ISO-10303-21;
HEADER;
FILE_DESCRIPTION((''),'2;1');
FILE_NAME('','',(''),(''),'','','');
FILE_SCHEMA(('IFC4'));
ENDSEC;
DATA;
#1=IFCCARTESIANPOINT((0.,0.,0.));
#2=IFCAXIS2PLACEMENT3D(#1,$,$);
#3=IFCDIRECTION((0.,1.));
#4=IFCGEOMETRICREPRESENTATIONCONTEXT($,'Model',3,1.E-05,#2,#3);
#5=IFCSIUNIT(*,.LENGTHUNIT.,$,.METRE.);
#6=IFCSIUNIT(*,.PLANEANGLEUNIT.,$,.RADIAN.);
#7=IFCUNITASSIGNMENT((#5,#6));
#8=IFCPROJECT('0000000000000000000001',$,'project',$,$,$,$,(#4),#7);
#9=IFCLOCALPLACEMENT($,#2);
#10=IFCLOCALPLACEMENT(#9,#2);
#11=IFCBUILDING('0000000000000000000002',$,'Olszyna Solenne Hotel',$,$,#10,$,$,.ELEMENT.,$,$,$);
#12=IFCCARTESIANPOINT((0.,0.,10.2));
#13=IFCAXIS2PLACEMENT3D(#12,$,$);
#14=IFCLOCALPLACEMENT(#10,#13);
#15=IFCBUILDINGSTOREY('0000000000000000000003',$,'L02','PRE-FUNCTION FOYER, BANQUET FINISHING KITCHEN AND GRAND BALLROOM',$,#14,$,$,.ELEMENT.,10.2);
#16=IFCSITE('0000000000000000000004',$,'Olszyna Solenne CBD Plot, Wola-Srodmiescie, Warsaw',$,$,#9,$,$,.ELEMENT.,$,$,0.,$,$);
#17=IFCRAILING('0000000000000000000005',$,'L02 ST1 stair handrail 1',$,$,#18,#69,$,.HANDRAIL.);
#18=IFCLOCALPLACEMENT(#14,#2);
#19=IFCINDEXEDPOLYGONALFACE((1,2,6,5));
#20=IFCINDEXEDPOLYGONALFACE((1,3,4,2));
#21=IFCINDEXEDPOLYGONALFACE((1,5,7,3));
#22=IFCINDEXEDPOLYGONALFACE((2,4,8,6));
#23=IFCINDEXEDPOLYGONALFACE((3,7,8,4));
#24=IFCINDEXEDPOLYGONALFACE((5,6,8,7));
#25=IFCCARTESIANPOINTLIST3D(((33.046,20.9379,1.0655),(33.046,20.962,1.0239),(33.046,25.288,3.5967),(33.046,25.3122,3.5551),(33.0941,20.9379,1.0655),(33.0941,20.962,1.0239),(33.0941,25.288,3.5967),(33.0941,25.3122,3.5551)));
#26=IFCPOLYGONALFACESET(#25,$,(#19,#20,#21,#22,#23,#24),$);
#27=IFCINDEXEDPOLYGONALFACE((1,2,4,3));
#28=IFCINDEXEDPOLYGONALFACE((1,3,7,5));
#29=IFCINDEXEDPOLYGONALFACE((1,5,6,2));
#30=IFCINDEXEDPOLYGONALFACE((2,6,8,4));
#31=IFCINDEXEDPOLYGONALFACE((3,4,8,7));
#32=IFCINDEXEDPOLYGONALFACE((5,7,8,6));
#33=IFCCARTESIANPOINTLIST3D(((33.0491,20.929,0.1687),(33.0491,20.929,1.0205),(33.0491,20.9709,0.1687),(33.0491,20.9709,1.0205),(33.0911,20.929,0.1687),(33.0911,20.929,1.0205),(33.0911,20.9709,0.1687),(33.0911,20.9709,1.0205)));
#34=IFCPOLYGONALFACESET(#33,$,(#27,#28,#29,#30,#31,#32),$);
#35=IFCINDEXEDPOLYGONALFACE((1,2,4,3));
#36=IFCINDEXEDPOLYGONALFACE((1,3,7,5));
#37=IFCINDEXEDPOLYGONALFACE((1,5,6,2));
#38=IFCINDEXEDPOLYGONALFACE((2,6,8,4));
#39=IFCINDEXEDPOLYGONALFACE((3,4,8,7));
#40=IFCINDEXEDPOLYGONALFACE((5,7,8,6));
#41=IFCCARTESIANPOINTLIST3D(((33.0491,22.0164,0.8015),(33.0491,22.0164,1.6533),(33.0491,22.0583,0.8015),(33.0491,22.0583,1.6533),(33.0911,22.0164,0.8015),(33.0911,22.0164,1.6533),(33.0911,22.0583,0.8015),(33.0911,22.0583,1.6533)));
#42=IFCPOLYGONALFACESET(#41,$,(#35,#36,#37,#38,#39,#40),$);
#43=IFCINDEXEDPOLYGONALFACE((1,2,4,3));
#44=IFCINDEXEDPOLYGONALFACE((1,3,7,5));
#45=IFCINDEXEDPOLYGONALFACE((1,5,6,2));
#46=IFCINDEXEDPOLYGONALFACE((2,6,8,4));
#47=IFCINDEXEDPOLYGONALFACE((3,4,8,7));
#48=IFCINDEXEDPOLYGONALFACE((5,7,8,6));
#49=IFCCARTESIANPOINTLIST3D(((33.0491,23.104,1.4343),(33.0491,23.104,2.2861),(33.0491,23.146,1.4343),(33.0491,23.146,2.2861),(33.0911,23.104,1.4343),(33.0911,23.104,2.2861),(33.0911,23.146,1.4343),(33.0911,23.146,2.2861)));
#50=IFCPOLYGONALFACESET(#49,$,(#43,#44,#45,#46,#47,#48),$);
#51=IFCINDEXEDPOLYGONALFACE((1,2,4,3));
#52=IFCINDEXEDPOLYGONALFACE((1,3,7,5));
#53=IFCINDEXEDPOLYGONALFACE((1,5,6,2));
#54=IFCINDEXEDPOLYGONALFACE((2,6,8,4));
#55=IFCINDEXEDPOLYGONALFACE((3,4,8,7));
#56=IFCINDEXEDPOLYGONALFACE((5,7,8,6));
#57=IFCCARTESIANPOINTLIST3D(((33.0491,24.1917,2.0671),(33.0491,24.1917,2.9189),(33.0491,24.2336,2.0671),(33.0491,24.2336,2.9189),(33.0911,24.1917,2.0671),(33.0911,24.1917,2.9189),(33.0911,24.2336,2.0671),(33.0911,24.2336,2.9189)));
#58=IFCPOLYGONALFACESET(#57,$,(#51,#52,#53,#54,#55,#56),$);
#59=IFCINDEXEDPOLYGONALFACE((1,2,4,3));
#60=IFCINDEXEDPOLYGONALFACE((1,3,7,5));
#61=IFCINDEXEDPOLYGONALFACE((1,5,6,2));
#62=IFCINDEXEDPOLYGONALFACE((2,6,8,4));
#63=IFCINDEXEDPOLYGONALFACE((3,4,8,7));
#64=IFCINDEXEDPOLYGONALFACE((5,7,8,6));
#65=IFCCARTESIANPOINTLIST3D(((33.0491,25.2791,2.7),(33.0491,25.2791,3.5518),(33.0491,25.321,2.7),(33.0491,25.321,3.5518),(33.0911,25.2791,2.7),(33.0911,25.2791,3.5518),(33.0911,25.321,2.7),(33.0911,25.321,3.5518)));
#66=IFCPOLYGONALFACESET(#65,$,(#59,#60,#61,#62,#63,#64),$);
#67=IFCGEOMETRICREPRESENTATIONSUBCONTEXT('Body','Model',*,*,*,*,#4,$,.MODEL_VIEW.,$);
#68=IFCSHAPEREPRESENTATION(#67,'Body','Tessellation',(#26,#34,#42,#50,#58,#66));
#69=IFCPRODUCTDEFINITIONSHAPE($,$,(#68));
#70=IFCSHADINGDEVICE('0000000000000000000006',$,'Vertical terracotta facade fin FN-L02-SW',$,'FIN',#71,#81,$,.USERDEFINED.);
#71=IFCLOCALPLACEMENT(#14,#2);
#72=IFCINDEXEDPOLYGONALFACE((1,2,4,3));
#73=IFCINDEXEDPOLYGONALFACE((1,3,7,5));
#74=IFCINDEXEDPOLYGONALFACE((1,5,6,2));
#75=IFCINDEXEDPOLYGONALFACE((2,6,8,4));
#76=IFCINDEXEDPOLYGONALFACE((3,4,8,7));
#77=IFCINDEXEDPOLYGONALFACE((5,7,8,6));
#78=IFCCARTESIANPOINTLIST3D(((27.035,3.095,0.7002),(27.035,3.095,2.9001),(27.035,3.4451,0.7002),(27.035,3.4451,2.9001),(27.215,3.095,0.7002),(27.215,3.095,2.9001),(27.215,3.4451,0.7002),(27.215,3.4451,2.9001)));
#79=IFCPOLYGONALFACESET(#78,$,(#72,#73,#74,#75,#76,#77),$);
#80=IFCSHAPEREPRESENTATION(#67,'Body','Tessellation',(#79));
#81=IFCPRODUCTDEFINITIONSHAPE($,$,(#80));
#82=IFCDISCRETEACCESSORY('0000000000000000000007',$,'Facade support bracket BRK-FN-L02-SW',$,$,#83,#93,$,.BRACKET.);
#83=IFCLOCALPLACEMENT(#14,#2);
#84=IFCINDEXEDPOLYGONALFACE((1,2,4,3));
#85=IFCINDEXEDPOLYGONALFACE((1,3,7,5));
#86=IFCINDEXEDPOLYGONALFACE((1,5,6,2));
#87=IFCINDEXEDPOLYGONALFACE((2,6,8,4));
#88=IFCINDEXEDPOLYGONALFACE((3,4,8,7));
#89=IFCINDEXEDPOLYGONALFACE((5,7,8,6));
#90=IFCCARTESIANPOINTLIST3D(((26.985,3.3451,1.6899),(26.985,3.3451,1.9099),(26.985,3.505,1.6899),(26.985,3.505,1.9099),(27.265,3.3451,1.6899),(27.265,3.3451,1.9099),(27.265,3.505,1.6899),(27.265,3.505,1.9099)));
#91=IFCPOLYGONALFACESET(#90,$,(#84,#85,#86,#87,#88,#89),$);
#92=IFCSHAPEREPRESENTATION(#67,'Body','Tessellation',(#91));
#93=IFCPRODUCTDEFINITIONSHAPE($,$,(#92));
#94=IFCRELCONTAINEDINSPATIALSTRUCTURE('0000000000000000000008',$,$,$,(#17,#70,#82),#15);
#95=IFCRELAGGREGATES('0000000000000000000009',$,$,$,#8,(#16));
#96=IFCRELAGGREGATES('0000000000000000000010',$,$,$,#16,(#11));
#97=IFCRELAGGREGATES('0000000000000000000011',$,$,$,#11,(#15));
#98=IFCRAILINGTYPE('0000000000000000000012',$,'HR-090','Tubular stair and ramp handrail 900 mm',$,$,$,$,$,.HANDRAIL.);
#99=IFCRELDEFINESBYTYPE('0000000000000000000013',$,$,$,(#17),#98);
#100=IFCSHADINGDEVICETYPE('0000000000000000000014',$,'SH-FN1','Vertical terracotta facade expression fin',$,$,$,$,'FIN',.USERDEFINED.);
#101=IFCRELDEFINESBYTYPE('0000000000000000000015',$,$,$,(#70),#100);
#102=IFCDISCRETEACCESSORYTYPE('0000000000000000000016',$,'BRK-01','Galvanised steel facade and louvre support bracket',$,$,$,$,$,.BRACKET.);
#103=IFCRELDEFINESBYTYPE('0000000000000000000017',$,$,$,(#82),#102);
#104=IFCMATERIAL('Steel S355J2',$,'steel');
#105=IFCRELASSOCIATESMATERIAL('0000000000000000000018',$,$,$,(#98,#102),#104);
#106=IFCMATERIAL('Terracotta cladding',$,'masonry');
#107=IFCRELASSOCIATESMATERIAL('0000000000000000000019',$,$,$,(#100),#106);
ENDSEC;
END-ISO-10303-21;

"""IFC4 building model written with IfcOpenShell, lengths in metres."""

from ifc_helpers import new_model, si_unit, direction, frame, origin, origin_2d, place, context, subcontext, project, spatial, rectangle, extrude, source, transform, mapped, material, type_object, element, save


model = new_model("IFC4")

# Units and contexts
model_context = context("Model", 3, precision=1e-05, world=origin(), true_north=direction((0.0, 1.0)))
body_context = subcontext(model_context, "Body", "Model", "MODEL_VIEW")
ifc_project = project(units=[si_unit("LENGTHUNIT", "METRE"), si_unit("PLANEANGLEUNIT", "RADIAN")], contexts=[model_context])

# Site, building, storey
site_placement = place(None, origin())
site = spatial("IfcSite", under=ifc_project, at=site_placement, Name="Olszyna Solenne CBD Plot, Wola-Srodmiescie, Warsaw", CompositionType="ELEMENT", RefElevation=0.0)
building_placement = place(site_placement, origin())
building = spatial("IfcBuilding", under=site, at=building_placement, Name="Olszyna Solenne Hotel", CompositionType="ELEMENT")
storey_placement = place(building_placement, frame((0.0, 0.0, 10.2)))
storey = spatial("IfcBuildingStorey", under=building, at=storey_placement, Name="L02", Description="PRE-FUNCTION FOYER, BANQUET FINISHING KITCHEN AND GRAND BALLROOM", CompositionType="ELEMENT", Elevation=10.2)

# Shared definitions
ifc_material_1 = material(Name="Steel S355J2", Category="steel")

# Railing
railing_type_1 = type_object("IfcRailingType", Name="HR-090", Description="Tubular stair and ramp handrail 900 mm", PredefinedType="HANDRAIL", material=ifc_material_1)
railing_1_placement = place(storey_placement, frame((33.0701, 20.95, 0.1687)))
element("IfcRailing", 1, at=railing_1_placement, inside=storey, type_object=railing_type_1, Name="L02 ST1 stair handrail 1", PredefinedType="HANDRAIL", context=body_context, shape_type="SweptSolid", body=[
    extrude(rectangle(XDim=0.0481, YDim=0.0481, at=origin_2d()), frame((0.0, 0.0, 0.876), z_axis=(0.0, 0.864324, 0.502936), x_axis=(-1.0, 0.0, 0.0)), (0.0, 0.0, 1.0), 5.033),
    extrude(rectangle(XDim=0.042, YDim=0.042, at=origin_2d()), origin(), (0.0, 0.0, 1.0), 0.8518),
    extrude(rectangle(XDim=0.042, YDim=0.042, at=origin_2d()), frame((0.0, 1.0874, 0.6328)), (0.0, 0.0, 1.0), 0.8518),
    extrude(rectangle(XDim=0.042, YDim=0.042, at=origin_2d()), frame((0.0, 2.175, 1.2656)), (0.0, 0.0, 1.0), 0.8518),
    extrude(rectangle(XDim=0.042, YDim=0.042, at=origin_2d()), frame((0.0, 3.2627, 1.8984)), (0.0, 0.0, 1.0), 0.8518),
    extrude(rectangle(XDim=0.042, YDim=0.042, at=origin_2d()), frame((0.0, 4.3501, 2.5312)), (0.0, 0.0, 1.0), 0.8518),
])

# Shading device
ifc_material_2 = material(Name="Terracotta cladding", Category="masonry")
shading_device_type = type_object("IfcShadingDeviceType", Name="SH-FN1", Description="Vertical terracotta facade expression fin", ElementType="FIN", PredefinedType="USERDEFINED", material=ifc_material_2)
shared_shape_1 = source(origin(), body_context, "Body", "SweptSolid", [
    extrude(rectangle(XDim=0.1799, YDim=0.3501, at=origin_2d()), origin(), (0.0, 0.0, 1.0), 2.2),
])
shading_device_placement = place(storey_placement, frame((27.125, 3.27, 0.7002), z_axis=(0.0, 0.0, 1.0), x_axis=(-1.0, 0.0, 0.0)))
element("IfcShadingDevice", 2, at=shading_device_placement, inside=storey, type_object=shading_device_type, Name="Vertical terracotta facade fin FN-L02-SW", ObjectType="FIN", PredefinedType="USERDEFINED", context=body_context, shape_type="MappedRepresentation", body=[
    mapped(shared_shape_1, transform((0.0, 0.0, 0.0), x_axis=(1.0, 0.0, 0.0), y_axis=(0.0, 1.0, 0.0), z_axis=(0.0, 0.0, 1.0), scale=1.0)),
])

# Discrete accessory
discrete_accessory_type = type_object("IfcDiscreteAccessoryType", Name="BRK-01", Description="Galvanised steel facade and louvre support bracket", PredefinedType="BRACKET", material=ifc_material_1)
shared_shape_2 = source(origin(), body_context, "Body", "SweptSolid", [
    extrude(rectangle(XDim=0.28, YDim=0.1599, at=origin_2d()), origin(), (0.0, 0.0, 1.0), 0.22),
])
discrete_accessory_placement = place(storey_placement, frame((27.125, 3.425, 1.6899), z_axis=(0.0, 0.0, 1.0), x_axis=(-1.0, 0.0, 0.0)))
element("IfcDiscreteAccessory", 3, at=discrete_accessory_placement, inside=storey, type_object=discrete_accessory_type, Name="Facade support bracket BRK-FN-L02-SW", PredefinedType="BRACKET", context=body_context, shape_type="MappedRepresentation", body=[
    mapped(shared_shape_2, transform((0.0, 0.0, 0.0), x_axis=(1.0, 0.0, 0.0), y_axis=(0.0, 1.0, 0.0), z_axis=(0.0, 0.0, 1.0), scale=1.0)),
])

save(model, "model.ifc")
